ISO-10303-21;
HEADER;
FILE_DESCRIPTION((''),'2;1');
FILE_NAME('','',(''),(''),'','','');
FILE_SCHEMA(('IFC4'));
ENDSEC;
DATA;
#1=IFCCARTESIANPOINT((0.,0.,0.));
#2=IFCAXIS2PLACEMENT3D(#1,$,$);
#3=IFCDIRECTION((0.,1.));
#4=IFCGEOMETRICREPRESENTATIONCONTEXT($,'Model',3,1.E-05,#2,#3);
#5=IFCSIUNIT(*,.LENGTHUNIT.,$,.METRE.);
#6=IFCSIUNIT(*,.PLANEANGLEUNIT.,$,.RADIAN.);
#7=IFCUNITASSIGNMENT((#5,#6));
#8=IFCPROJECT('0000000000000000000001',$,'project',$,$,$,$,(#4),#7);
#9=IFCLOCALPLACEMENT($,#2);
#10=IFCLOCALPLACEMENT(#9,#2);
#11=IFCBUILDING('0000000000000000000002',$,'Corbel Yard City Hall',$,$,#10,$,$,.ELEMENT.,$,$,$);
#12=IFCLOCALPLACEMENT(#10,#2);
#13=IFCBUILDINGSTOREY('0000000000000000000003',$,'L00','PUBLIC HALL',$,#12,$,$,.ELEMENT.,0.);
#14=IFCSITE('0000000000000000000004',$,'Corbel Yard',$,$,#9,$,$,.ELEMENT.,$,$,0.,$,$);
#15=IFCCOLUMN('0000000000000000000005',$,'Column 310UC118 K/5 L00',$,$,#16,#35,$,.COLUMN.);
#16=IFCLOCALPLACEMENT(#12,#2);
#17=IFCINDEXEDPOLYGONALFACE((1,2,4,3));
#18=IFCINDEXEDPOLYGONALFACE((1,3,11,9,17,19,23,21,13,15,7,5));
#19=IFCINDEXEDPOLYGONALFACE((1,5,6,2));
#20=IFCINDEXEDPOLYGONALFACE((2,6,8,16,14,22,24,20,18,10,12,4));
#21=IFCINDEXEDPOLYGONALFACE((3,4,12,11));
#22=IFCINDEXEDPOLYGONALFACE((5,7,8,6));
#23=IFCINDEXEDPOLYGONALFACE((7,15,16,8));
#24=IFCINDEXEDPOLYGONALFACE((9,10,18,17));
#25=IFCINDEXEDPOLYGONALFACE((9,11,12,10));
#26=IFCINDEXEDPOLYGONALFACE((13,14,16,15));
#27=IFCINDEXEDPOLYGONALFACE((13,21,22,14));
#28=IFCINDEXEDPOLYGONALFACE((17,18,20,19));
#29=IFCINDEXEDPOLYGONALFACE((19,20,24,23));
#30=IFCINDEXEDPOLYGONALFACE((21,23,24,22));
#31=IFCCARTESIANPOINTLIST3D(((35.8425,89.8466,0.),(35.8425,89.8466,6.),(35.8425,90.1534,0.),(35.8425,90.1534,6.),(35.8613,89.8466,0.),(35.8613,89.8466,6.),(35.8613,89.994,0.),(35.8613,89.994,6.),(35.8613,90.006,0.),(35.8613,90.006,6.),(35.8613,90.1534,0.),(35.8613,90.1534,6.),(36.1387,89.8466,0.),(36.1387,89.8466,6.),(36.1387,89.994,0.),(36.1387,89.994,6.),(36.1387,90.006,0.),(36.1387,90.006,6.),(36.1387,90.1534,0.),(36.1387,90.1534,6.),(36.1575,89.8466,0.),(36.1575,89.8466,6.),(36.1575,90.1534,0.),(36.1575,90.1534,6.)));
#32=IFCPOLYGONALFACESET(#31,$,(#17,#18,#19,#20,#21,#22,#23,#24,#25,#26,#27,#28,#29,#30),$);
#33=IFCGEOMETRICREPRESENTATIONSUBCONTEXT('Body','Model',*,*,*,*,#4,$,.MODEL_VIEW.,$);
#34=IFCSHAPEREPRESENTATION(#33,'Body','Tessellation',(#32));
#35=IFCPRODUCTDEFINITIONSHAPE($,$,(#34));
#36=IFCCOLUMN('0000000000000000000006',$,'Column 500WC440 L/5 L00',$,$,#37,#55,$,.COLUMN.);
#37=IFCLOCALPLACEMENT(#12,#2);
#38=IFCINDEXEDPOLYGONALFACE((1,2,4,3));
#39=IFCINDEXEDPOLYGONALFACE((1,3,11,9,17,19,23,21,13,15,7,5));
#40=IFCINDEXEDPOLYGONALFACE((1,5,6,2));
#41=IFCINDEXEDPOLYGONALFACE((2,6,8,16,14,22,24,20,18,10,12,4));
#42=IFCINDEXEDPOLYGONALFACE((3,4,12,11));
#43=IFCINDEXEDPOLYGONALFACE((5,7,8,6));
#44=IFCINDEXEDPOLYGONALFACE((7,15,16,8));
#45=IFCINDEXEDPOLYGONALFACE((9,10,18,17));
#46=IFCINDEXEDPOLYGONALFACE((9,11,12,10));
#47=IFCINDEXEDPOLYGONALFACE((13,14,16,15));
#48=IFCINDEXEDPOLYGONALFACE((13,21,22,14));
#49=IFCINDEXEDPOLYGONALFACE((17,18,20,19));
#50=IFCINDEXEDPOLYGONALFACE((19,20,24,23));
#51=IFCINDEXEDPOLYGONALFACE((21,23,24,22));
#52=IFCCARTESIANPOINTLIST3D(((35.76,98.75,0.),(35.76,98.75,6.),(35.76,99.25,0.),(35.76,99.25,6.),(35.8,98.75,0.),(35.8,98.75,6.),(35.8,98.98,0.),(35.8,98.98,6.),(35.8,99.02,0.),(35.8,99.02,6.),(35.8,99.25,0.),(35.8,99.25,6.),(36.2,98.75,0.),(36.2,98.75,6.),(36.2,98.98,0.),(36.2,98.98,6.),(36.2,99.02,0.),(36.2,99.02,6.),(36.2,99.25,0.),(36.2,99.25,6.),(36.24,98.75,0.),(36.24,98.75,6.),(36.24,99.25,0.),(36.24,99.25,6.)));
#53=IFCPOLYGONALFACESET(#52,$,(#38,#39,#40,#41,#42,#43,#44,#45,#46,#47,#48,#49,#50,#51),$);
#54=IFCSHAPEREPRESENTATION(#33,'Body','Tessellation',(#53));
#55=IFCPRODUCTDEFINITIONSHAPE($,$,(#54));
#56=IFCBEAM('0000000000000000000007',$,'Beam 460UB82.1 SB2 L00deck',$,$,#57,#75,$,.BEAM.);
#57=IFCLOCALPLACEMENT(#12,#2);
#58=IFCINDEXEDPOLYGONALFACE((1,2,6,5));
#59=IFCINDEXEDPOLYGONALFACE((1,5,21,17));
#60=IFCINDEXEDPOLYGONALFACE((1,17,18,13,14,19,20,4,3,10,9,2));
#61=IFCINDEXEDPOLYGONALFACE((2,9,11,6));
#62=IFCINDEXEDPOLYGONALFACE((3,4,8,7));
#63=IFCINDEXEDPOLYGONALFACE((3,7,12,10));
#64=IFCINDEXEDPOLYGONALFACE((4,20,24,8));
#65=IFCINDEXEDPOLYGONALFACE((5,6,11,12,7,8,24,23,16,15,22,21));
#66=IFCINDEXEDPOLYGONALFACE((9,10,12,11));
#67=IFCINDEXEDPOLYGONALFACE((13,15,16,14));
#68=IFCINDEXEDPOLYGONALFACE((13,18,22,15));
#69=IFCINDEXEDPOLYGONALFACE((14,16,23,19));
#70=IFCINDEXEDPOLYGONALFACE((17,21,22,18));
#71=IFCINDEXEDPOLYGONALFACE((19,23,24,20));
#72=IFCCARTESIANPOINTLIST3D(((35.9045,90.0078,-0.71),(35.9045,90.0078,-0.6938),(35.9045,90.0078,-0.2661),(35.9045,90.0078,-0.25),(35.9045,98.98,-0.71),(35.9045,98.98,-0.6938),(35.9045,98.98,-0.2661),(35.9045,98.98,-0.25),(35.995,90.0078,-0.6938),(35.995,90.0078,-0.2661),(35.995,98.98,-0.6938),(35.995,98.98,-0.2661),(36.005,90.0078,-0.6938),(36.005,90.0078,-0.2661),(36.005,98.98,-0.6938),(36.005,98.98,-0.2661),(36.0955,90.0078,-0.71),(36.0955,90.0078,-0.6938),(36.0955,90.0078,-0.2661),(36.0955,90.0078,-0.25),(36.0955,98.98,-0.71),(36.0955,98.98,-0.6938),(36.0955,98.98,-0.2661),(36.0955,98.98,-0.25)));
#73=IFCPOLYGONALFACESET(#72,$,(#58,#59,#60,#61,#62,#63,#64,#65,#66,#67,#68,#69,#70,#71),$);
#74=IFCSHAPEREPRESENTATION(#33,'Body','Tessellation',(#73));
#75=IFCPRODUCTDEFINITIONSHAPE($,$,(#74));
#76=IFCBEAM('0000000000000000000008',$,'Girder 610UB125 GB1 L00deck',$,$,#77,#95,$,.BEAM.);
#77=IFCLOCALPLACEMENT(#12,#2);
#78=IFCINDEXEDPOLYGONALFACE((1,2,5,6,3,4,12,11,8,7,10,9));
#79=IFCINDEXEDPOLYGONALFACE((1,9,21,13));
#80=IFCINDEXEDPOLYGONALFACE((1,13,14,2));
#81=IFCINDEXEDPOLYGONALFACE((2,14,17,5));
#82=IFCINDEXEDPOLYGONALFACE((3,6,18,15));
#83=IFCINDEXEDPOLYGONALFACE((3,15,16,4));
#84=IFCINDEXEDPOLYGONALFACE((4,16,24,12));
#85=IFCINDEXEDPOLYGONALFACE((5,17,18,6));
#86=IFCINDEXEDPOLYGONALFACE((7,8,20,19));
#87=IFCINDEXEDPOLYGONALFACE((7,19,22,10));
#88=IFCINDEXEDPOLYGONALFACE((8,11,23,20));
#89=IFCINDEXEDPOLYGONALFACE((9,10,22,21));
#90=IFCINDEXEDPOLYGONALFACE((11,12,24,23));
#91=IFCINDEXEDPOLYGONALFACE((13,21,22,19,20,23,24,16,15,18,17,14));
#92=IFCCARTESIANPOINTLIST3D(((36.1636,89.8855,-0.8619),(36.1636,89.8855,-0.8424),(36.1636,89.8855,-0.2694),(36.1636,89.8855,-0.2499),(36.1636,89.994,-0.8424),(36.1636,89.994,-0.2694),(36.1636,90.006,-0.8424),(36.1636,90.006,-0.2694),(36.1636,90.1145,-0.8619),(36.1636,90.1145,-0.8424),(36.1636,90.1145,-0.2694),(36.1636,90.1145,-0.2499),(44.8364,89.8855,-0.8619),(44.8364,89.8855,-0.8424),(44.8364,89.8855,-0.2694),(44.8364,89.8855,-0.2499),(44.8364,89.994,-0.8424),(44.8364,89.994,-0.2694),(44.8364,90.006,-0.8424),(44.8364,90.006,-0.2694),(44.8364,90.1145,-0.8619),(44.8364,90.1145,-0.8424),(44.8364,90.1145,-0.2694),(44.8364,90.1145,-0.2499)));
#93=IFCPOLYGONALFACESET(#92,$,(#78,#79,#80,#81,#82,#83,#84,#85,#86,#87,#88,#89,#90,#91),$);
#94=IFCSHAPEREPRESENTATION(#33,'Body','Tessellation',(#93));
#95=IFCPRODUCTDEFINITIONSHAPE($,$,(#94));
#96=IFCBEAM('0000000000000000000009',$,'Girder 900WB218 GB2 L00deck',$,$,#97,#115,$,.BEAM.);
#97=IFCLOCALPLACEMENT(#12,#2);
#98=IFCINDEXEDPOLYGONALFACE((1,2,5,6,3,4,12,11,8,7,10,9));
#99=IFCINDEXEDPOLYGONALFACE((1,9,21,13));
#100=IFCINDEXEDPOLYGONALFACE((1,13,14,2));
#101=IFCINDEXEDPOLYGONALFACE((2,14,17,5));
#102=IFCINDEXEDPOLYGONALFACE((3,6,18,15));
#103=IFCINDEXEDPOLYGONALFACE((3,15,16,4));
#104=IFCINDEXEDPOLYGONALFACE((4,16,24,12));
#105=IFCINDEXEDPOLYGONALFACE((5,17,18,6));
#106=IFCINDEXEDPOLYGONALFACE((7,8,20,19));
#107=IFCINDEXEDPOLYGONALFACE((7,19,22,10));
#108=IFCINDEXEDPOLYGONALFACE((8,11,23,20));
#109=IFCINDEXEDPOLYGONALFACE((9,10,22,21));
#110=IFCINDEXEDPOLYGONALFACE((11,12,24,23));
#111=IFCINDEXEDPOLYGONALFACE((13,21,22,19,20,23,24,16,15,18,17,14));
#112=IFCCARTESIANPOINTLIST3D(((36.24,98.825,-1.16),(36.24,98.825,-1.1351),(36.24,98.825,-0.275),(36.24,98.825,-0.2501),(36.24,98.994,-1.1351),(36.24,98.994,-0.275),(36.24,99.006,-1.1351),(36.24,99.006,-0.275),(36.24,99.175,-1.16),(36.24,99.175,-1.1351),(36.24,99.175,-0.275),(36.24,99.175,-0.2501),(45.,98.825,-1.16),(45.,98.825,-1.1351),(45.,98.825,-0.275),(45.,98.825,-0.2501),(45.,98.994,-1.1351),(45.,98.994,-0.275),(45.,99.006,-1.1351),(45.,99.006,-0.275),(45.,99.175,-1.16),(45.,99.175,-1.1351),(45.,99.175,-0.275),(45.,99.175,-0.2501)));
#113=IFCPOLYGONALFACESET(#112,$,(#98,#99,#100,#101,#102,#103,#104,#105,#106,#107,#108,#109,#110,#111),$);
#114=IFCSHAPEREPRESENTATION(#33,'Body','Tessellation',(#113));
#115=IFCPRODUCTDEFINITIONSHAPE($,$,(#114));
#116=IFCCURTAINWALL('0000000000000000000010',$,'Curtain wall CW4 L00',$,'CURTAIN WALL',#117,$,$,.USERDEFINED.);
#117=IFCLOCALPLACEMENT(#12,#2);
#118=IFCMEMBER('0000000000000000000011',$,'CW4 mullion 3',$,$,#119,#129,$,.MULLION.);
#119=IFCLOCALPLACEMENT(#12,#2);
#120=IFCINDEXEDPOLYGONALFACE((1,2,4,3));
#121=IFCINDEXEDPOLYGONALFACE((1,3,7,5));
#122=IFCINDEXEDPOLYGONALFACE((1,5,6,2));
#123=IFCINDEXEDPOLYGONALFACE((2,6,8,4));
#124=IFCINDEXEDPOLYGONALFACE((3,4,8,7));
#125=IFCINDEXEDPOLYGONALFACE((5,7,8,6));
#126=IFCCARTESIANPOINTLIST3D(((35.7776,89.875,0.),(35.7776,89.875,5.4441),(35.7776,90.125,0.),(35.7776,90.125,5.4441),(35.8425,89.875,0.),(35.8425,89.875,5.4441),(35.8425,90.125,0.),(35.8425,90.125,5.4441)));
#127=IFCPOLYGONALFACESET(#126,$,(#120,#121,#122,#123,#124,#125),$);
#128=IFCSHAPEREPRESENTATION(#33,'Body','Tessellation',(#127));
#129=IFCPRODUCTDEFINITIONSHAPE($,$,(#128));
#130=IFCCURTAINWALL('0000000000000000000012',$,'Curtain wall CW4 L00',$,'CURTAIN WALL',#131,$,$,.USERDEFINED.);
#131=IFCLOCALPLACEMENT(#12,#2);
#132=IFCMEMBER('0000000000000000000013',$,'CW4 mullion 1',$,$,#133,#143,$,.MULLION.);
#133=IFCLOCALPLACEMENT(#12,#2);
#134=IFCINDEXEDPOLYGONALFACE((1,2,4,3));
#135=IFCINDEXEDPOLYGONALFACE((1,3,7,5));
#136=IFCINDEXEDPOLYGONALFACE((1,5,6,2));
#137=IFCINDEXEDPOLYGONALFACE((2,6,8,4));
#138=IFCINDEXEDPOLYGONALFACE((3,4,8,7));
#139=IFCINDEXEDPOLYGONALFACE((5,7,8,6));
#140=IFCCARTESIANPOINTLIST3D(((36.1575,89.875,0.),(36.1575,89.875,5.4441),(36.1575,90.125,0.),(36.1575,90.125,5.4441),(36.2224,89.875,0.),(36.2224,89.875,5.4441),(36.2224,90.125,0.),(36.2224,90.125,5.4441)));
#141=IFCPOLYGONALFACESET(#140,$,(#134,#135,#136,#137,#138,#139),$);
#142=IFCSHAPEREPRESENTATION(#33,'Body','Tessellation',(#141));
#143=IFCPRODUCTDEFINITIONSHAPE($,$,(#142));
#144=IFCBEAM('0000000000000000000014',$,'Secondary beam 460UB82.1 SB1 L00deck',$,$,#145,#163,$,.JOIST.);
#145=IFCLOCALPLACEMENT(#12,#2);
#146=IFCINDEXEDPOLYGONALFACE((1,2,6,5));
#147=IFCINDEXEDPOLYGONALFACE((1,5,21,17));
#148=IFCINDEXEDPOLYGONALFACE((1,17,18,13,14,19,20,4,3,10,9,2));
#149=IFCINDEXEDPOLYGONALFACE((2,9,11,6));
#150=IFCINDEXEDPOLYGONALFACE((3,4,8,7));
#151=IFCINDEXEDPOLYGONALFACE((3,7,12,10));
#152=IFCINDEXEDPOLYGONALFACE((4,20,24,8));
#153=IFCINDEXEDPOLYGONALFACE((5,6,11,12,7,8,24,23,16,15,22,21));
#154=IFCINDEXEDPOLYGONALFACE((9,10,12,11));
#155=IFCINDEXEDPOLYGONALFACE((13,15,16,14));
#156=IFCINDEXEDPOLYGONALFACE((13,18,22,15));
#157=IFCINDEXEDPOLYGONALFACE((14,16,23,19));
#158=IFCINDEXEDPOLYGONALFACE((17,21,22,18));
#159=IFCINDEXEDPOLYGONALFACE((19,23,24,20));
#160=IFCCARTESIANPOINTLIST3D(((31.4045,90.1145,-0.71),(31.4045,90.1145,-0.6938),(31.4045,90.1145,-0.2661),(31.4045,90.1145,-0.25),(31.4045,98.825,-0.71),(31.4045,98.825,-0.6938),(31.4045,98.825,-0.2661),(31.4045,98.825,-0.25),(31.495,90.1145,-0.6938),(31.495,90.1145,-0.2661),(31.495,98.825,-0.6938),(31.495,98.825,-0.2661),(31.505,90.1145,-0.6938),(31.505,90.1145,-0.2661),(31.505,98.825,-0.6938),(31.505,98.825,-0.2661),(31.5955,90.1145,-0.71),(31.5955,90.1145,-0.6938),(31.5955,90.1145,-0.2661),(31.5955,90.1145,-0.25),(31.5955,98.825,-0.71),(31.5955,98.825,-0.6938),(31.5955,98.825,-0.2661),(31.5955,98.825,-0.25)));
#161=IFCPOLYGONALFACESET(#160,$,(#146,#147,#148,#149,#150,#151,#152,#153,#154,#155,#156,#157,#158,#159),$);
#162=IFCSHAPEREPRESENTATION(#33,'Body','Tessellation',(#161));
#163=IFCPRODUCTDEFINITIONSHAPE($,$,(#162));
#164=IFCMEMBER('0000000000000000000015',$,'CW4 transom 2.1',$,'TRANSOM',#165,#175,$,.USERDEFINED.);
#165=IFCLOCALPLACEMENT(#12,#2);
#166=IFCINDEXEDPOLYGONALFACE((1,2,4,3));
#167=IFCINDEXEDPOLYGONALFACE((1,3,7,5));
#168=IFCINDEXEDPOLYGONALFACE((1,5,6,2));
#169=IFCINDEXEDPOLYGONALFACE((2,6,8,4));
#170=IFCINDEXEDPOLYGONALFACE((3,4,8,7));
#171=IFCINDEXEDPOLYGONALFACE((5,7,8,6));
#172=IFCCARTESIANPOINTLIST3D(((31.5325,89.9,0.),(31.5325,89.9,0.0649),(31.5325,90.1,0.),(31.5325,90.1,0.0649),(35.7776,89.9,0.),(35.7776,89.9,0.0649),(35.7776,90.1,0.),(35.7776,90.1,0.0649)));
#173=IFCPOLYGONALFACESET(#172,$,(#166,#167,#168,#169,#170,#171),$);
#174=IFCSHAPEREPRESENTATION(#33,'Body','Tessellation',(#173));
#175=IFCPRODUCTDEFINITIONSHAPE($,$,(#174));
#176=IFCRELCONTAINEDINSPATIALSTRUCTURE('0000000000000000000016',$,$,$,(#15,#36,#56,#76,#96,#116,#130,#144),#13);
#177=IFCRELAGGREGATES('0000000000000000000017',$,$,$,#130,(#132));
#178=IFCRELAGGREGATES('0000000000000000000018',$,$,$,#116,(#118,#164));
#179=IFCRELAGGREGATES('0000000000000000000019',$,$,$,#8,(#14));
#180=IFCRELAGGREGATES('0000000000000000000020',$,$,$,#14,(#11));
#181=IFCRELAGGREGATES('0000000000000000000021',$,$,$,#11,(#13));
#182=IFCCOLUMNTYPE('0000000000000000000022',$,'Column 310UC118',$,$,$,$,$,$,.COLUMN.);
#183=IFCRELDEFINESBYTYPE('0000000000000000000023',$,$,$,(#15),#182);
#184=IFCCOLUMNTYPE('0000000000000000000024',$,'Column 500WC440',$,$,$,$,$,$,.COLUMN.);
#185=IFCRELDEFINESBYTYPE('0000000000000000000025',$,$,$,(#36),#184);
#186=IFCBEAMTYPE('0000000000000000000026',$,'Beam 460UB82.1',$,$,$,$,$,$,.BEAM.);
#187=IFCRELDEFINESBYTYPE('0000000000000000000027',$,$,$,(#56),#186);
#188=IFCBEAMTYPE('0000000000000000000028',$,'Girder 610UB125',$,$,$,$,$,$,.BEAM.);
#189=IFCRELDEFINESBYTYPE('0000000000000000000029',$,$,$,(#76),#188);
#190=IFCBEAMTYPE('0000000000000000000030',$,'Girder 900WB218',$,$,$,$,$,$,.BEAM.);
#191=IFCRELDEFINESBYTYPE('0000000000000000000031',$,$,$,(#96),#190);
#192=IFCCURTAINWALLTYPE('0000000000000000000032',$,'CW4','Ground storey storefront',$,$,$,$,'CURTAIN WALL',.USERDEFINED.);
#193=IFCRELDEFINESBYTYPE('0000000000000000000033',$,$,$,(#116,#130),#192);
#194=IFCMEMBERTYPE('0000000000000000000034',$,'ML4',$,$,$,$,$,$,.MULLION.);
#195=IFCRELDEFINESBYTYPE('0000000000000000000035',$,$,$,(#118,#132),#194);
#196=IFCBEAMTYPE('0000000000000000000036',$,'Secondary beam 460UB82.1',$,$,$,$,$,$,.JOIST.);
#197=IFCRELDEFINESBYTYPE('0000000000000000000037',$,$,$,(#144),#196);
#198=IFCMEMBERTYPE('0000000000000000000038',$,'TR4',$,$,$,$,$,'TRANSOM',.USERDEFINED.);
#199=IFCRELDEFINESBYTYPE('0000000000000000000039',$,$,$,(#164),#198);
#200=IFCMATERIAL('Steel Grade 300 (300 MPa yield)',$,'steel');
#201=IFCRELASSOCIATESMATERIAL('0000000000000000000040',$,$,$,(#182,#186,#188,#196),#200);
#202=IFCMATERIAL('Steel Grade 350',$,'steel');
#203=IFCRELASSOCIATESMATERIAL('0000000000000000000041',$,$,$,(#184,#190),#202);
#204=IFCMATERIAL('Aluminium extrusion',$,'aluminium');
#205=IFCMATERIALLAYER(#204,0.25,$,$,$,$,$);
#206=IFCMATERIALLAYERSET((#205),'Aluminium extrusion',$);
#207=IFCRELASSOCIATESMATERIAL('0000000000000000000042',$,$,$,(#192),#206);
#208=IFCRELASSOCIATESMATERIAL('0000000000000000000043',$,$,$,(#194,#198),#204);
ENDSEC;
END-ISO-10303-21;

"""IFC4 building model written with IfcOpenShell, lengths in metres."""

from ifc_helpers import new_model, si_unit, direction, frame, origin, origin_2d, place, context, subcontext, project, spatial, rectangle, i_section, extrude, material, layer, layer_set, material_profile, profile_set, type_object, element, aggregate, save


model = new_model("IFC4")

# Units and contexts
model_context = context("Model", 3, precision=1e-05, world=origin(), true_north=direction((0.0, 1.0)))
body_context = subcontext(model_context, "Body", "Model", "MODEL_VIEW")
ifc_project = project(units=[si_unit("LENGTHUNIT", "METRE"), si_unit("PLANEANGLEUNIT", "RADIAN")], contexts=[model_context])

# Site, building, storey
site_placement = place(None, origin())
site = spatial("IfcSite", under=ifc_project, at=site_placement, Name="Corbel Yard", CompositionType="ELEMENT", RefElevation=0.0)
building_placement = place(site_placement, origin())
building = spatial("IfcBuilding", under=site, at=building_placement, Name="Corbel Yard City Hall", CompositionType="ELEMENT")
storey_placement = place(building_placement, origin())
storey = spatial("IfcBuildingStorey", under=building, at=storey_placement, Name="L00", Description="PUBLIC HALL", CompositionType="ELEMENT", Elevation=0.0)

# Columns
ifc_material_1 = material(Name="Steel Grade 300 (300 MPa yield)", Category="steel")
ifc_material_profile_1 = material_profile(ifc_material_1, i_section(OverallWidth=0.3069, OverallDepth=0.3149, WebThickness=0.012, FlangeThickness=0.0188, at=origin_2d()), Name="310UC118")
ifc_profile_set_1 = profile_set([ifc_material_profile_1], Name="Steel Grade 300 (300 MPa yield)")
column_type_1 = type_object("IfcColumnType", Name="Column 310UC118", PredefinedType="COLUMN", material=ifc_profile_set_1)
column_1_placement = place(storey_placement, frame((36.0, 90.0, 0.0), z_axis=(0.0, 0.0, 1.0), x_axis=(0.0, 1.0, 0.0)))
element("IfcColumn", 1, at=column_1_placement, inside=storey, type_object=column_type_1, Name="Column 310UC118 K/5 L00", PredefinedType="COLUMN", context=body_context, shape_type="SweptSolid", body=[
    extrude(i_section(OverallWidth=0.3069, OverallDepth=0.3149, WebThickness=0.012, FlangeThickness=0.0188, at=origin_2d()), origin(), (0.0, 0.0, 1.0), 6.0),
])
ifc_material_2 = material(Name="Steel Grade 350", Category="steel")
ifc_material_profile_2 = material_profile(ifc_material_2, i_section(OverallWidth=0.5, OverallDepth=0.48, WebThickness=0.04, FlangeThickness=0.04, at=origin_2d()), Name="500WC440")
ifc_profile_set_2 = profile_set([ifc_material_profile_2], Name="Steel Grade 350")
column_type_2 = type_object("IfcColumnType", Name="Column 500WC440", PredefinedType="COLUMN", material=ifc_profile_set_2)
column_2_placement = place(storey_placement, frame((36.0, 99.0, 0.0), z_axis=(0.0, 0.0, 1.0), x_axis=(0.0, 1.0, 0.0)))
element("IfcColumn", 2, at=column_2_placement, inside=storey, type_object=column_type_2, Name="Column 500WC440 L/5 L00", PredefinedType="COLUMN", context=body_context, shape_type="SweptSolid", body=[
    extrude(i_section(OverallWidth=0.5, OverallDepth=0.48, WebThickness=0.04, FlangeThickness=0.04, at=origin_2d()), origin(), (0.0, 0.0, 1.0), 6.0),
])

# Beams
ifc_material_profile_3 = material_profile(ifc_material_1, i_section(OverallWidth=0.1909, OverallDepth=0.46, WebThickness=0.01, FlangeThickness=0.0161, at=origin_2d()), Name="460UB82.1")
ifc_profile_set_3 = profile_set([ifc_material_profile_3], Name="Steel Grade 300 (300 MPa yield)")
beam_type_1 = type_object("IfcBeamType", Name="Beam 460UB82.1", PredefinedType="BEAM", material=ifc_profile_set_3)
beam_1_placement = place(storey_placement, frame((36.0, 90.0078, -0.48), z_axis=(0.0, 1.0, 0.0), x_axis=(-1.0, 0.0, 0.0)))
element("IfcBeam", 3, at=beam_1_placement, inside=storey, type_object=beam_type_1, Name="Beam 460UB82.1 SB2 L00deck", PredefinedType="BEAM", context=body_context, shape_type="SweptSolid", body=[
    extrude(i_section(OverallWidth=0.1909, OverallDepth=0.46, WebThickness=0.01, FlangeThickness=0.0161, at=origin_2d()), origin(), (0.0, 0.0, 1.0), 8.9722),
])
ifc_material_profile_4 = material_profile(ifc_material_1, i_section(OverallWidth=0.229, OverallDepth=0.6121, WebThickness=0.012, FlangeThickness=0.0195, at=origin_2d()), Name="610UB125")
ifc_profile_set_4 = profile_set([ifc_material_profile_4], Name="Steel Grade 300 (300 MPa yield)")
beam_type_2 = type_object("IfcBeamType", Name="Girder 610UB125", PredefinedType="BEAM", material=ifc_profile_set_4)
beam_2_placement = place(storey_placement, frame((36.1636, 90.0, -0.5559), z_axis=(1.0, 0.0, 0.0), x_axis=(0.0, 1.0, 0.0)))
element("IfcBeam", 4, at=beam_2_placement, inside=storey, type_object=beam_type_2, Name="Girder 610UB125 GB1 L00deck", PredefinedType="BEAM", context=body_context, shape_type="SweptSolid", body=[
    extrude(i_section(OverallWidth=0.229, OverallDepth=0.6121, WebThickness=0.012, FlangeThickness=0.0195, at=origin_2d()), origin(), (0.0, 0.0, 1.0), 8.6729),
])
ifc_material_profile_5 = material_profile(ifc_material_2, i_section(OverallWidth=0.3501, OverallDepth=0.9099, WebThickness=0.012, FlangeThickness=0.0249, at=origin_2d()), Name="900WB218")
ifc_profile_set_5 = profile_set([ifc_material_profile_5], Name="Steel Grade 350")
beam_type_3 = type_object("IfcBeamType", Name="Girder 900WB218", PredefinedType="BEAM", material=ifc_profile_set_5)
beam_3_placement = place(storey_placement, frame((36.24, 99.0, -0.7051), z_axis=(1.0, 0.0, 0.0), x_axis=(0.0, 1.0, 0.0)))
element("IfcBeam", 5, at=beam_3_placement, inside=storey, type_object=beam_type_3, Name="Girder 900WB218 GB2 L00deck", PredefinedType="BEAM", context=body_context, shape_type="SweptSolid", body=[
    extrude(i_section(OverallWidth=0.3501, OverallDepth=0.9099, WebThickness=0.012, FlangeThickness=0.0249, at=origin_2d()), origin(), (0.0, 0.0, 1.0), 8.76),
])

# Curtain walls, members
ifc_material_3 = material(Name="Aluminium extrusion", Category="aluminium")
ifc_layer_1 = layer(ifc_material_3, 0.25)
ifc_layer_set_1 = layer_set([ifc_layer_1], Name="Aluminium extrusion")
curtain_wall_type = type_object("IfcCurtainWallType", Name="CW4", Description="Ground storey storefront", ElementType="CURTAIN WALL", PredefinedType="USERDEFINED", material=ifc_layer_set_1)
curtain_wall_1_placement = place(storey_placement, origin())
curtain_wall_1 = element("IfcCurtainWall", 6, at=curtain_wall_1_placement, inside=storey, type_object=curtain_wall_type, Name="Curtain wall CW4 L00", ObjectType="CURTAIN WALL", PredefinedType="USERDEFINED")
ifc_material_profile_6 = material_profile(ifc_material_3, rectangle(XDim=0.25, YDim=0.0649, at=origin_2d()), Name="250x65")
ifc_profile_set_6 = profile_set([ifc_material_profile_6], Name="Aluminium extrusion")
member_type_1 = type_object("IfcMemberType", Name="ML4", PredefinedType="MULLION", material=ifc_profile_set_6)
member_1_placement = place(storey_placement, frame((35.8101, 90.0, 0.0), z_axis=(0.0, 0.0, 1.0), x_axis=(0.0, 1.0, 0.0)))
member_1 = element("IfcMember", 7, at=member_1_placement, type_object=member_type_1, Name="CW4 mullion 3", PredefinedType="MULLION", context=body_context, shape_type="SweptSolid", body=[
    extrude(rectangle(XDim=0.25, YDim=0.0649, at=origin_2d()), origin(), (0.0, 0.0, 1.0), 5.4441),
])
curtain_wall_2_placement = place(storey_placement, origin())
curtain_wall_2 = element("IfcCurtainWall", 8, at=curtain_wall_2_placement, inside=storey, type_object=curtain_wall_type, Name="Curtain wall CW4 L00", ObjectType="CURTAIN WALL", PredefinedType="USERDEFINED")
member_2_placement = place(storey_placement, frame((36.1899, 90.0, 0.0), z_axis=(0.0, 0.0, 1.0), x_axis=(0.0, 1.0, 0.0)))
member_2 = element("IfcMember", 9, at=member_2_placement, type_object=member_type_1, Name="CW4 mullion 1", PredefinedType="MULLION", context=body_context, shape_type="SweptSolid", body=[
    extrude(rectangle(XDim=0.25, YDim=0.0649, at=origin_2d()), origin(), (0.0, 0.0, 1.0), 5.4441),
])

# Beam
ifc_material_profile_7 = material_profile(ifc_material_1, i_section(OverallWidth=0.1909, OverallDepth=0.46, WebThickness=0.01, FlangeThickness=0.0161, at=origin_2d()), Name="460UB82.1")
ifc_profile_set_7 = profile_set([ifc_material_profile_7], Name="Steel Grade 300 (300 MPa yield)")
beam_type_4 = type_object("IfcBeamType", Name="Secondary beam 460UB82.1", PredefinedType="JOIST", material=ifc_profile_set_7)
beam_4_placement = place(storey_placement, frame((31.5, 90.1145, -0.48), z_axis=(0.0, 1.0, 0.0), x_axis=(-1.0, 0.0, 0.0)))
element("IfcBeam", 10, at=beam_4_placement, inside=storey, type_object=beam_type_4, Name="Secondary beam 460UB82.1 SB1 L00deck", PredefinedType="JOIST", context=body_context, shape_type="SweptSolid", body=[
    extrude(i_section(OverallWidth=0.1909, OverallDepth=0.46, WebThickness=0.01, FlangeThickness=0.0161, at=origin_2d()), origin(), (0.0, 0.0, 1.0), 8.7104),
])

# Member
ifc_material_profile_8 = material_profile(ifc_material_3, rectangle(XDim=0.2, YDim=0.0649, at=origin_2d()), Name="200x65")
ifc_profile_set_8 = profile_set([ifc_material_profile_8], Name="Aluminium extrusion")
member_type_2 = type_object("IfcMemberType", Name="TR4", ElementType="TRANSOM", PredefinedType="USERDEFINED", material=ifc_profile_set_8)
member_3_placement = place(storey_placement, frame((31.5325, 90.0, 0.0325), z_axis=(1.0, 0.0, 0.0), x_axis=(0.0, 1.0, 0.0)))
member_3 = element("IfcMember", 11, at=member_3_placement, type_object=member_type_2, Name="CW4 transom 2.1", ObjectType="TRANSOM", PredefinedType="USERDEFINED", context=body_context, shape_type="SweptSolid", body=[
    extrude(rectangle(XDim=0.2, YDim=0.0649, at=origin_2d()), origin(), (0.0, 0.0, 1.0), 4.2451),
])
aggregate(curtain_wall_2, [member_2])

aggregate(curtain_wall_1, [member_1, member_3])

save(model, "model.ifc")
